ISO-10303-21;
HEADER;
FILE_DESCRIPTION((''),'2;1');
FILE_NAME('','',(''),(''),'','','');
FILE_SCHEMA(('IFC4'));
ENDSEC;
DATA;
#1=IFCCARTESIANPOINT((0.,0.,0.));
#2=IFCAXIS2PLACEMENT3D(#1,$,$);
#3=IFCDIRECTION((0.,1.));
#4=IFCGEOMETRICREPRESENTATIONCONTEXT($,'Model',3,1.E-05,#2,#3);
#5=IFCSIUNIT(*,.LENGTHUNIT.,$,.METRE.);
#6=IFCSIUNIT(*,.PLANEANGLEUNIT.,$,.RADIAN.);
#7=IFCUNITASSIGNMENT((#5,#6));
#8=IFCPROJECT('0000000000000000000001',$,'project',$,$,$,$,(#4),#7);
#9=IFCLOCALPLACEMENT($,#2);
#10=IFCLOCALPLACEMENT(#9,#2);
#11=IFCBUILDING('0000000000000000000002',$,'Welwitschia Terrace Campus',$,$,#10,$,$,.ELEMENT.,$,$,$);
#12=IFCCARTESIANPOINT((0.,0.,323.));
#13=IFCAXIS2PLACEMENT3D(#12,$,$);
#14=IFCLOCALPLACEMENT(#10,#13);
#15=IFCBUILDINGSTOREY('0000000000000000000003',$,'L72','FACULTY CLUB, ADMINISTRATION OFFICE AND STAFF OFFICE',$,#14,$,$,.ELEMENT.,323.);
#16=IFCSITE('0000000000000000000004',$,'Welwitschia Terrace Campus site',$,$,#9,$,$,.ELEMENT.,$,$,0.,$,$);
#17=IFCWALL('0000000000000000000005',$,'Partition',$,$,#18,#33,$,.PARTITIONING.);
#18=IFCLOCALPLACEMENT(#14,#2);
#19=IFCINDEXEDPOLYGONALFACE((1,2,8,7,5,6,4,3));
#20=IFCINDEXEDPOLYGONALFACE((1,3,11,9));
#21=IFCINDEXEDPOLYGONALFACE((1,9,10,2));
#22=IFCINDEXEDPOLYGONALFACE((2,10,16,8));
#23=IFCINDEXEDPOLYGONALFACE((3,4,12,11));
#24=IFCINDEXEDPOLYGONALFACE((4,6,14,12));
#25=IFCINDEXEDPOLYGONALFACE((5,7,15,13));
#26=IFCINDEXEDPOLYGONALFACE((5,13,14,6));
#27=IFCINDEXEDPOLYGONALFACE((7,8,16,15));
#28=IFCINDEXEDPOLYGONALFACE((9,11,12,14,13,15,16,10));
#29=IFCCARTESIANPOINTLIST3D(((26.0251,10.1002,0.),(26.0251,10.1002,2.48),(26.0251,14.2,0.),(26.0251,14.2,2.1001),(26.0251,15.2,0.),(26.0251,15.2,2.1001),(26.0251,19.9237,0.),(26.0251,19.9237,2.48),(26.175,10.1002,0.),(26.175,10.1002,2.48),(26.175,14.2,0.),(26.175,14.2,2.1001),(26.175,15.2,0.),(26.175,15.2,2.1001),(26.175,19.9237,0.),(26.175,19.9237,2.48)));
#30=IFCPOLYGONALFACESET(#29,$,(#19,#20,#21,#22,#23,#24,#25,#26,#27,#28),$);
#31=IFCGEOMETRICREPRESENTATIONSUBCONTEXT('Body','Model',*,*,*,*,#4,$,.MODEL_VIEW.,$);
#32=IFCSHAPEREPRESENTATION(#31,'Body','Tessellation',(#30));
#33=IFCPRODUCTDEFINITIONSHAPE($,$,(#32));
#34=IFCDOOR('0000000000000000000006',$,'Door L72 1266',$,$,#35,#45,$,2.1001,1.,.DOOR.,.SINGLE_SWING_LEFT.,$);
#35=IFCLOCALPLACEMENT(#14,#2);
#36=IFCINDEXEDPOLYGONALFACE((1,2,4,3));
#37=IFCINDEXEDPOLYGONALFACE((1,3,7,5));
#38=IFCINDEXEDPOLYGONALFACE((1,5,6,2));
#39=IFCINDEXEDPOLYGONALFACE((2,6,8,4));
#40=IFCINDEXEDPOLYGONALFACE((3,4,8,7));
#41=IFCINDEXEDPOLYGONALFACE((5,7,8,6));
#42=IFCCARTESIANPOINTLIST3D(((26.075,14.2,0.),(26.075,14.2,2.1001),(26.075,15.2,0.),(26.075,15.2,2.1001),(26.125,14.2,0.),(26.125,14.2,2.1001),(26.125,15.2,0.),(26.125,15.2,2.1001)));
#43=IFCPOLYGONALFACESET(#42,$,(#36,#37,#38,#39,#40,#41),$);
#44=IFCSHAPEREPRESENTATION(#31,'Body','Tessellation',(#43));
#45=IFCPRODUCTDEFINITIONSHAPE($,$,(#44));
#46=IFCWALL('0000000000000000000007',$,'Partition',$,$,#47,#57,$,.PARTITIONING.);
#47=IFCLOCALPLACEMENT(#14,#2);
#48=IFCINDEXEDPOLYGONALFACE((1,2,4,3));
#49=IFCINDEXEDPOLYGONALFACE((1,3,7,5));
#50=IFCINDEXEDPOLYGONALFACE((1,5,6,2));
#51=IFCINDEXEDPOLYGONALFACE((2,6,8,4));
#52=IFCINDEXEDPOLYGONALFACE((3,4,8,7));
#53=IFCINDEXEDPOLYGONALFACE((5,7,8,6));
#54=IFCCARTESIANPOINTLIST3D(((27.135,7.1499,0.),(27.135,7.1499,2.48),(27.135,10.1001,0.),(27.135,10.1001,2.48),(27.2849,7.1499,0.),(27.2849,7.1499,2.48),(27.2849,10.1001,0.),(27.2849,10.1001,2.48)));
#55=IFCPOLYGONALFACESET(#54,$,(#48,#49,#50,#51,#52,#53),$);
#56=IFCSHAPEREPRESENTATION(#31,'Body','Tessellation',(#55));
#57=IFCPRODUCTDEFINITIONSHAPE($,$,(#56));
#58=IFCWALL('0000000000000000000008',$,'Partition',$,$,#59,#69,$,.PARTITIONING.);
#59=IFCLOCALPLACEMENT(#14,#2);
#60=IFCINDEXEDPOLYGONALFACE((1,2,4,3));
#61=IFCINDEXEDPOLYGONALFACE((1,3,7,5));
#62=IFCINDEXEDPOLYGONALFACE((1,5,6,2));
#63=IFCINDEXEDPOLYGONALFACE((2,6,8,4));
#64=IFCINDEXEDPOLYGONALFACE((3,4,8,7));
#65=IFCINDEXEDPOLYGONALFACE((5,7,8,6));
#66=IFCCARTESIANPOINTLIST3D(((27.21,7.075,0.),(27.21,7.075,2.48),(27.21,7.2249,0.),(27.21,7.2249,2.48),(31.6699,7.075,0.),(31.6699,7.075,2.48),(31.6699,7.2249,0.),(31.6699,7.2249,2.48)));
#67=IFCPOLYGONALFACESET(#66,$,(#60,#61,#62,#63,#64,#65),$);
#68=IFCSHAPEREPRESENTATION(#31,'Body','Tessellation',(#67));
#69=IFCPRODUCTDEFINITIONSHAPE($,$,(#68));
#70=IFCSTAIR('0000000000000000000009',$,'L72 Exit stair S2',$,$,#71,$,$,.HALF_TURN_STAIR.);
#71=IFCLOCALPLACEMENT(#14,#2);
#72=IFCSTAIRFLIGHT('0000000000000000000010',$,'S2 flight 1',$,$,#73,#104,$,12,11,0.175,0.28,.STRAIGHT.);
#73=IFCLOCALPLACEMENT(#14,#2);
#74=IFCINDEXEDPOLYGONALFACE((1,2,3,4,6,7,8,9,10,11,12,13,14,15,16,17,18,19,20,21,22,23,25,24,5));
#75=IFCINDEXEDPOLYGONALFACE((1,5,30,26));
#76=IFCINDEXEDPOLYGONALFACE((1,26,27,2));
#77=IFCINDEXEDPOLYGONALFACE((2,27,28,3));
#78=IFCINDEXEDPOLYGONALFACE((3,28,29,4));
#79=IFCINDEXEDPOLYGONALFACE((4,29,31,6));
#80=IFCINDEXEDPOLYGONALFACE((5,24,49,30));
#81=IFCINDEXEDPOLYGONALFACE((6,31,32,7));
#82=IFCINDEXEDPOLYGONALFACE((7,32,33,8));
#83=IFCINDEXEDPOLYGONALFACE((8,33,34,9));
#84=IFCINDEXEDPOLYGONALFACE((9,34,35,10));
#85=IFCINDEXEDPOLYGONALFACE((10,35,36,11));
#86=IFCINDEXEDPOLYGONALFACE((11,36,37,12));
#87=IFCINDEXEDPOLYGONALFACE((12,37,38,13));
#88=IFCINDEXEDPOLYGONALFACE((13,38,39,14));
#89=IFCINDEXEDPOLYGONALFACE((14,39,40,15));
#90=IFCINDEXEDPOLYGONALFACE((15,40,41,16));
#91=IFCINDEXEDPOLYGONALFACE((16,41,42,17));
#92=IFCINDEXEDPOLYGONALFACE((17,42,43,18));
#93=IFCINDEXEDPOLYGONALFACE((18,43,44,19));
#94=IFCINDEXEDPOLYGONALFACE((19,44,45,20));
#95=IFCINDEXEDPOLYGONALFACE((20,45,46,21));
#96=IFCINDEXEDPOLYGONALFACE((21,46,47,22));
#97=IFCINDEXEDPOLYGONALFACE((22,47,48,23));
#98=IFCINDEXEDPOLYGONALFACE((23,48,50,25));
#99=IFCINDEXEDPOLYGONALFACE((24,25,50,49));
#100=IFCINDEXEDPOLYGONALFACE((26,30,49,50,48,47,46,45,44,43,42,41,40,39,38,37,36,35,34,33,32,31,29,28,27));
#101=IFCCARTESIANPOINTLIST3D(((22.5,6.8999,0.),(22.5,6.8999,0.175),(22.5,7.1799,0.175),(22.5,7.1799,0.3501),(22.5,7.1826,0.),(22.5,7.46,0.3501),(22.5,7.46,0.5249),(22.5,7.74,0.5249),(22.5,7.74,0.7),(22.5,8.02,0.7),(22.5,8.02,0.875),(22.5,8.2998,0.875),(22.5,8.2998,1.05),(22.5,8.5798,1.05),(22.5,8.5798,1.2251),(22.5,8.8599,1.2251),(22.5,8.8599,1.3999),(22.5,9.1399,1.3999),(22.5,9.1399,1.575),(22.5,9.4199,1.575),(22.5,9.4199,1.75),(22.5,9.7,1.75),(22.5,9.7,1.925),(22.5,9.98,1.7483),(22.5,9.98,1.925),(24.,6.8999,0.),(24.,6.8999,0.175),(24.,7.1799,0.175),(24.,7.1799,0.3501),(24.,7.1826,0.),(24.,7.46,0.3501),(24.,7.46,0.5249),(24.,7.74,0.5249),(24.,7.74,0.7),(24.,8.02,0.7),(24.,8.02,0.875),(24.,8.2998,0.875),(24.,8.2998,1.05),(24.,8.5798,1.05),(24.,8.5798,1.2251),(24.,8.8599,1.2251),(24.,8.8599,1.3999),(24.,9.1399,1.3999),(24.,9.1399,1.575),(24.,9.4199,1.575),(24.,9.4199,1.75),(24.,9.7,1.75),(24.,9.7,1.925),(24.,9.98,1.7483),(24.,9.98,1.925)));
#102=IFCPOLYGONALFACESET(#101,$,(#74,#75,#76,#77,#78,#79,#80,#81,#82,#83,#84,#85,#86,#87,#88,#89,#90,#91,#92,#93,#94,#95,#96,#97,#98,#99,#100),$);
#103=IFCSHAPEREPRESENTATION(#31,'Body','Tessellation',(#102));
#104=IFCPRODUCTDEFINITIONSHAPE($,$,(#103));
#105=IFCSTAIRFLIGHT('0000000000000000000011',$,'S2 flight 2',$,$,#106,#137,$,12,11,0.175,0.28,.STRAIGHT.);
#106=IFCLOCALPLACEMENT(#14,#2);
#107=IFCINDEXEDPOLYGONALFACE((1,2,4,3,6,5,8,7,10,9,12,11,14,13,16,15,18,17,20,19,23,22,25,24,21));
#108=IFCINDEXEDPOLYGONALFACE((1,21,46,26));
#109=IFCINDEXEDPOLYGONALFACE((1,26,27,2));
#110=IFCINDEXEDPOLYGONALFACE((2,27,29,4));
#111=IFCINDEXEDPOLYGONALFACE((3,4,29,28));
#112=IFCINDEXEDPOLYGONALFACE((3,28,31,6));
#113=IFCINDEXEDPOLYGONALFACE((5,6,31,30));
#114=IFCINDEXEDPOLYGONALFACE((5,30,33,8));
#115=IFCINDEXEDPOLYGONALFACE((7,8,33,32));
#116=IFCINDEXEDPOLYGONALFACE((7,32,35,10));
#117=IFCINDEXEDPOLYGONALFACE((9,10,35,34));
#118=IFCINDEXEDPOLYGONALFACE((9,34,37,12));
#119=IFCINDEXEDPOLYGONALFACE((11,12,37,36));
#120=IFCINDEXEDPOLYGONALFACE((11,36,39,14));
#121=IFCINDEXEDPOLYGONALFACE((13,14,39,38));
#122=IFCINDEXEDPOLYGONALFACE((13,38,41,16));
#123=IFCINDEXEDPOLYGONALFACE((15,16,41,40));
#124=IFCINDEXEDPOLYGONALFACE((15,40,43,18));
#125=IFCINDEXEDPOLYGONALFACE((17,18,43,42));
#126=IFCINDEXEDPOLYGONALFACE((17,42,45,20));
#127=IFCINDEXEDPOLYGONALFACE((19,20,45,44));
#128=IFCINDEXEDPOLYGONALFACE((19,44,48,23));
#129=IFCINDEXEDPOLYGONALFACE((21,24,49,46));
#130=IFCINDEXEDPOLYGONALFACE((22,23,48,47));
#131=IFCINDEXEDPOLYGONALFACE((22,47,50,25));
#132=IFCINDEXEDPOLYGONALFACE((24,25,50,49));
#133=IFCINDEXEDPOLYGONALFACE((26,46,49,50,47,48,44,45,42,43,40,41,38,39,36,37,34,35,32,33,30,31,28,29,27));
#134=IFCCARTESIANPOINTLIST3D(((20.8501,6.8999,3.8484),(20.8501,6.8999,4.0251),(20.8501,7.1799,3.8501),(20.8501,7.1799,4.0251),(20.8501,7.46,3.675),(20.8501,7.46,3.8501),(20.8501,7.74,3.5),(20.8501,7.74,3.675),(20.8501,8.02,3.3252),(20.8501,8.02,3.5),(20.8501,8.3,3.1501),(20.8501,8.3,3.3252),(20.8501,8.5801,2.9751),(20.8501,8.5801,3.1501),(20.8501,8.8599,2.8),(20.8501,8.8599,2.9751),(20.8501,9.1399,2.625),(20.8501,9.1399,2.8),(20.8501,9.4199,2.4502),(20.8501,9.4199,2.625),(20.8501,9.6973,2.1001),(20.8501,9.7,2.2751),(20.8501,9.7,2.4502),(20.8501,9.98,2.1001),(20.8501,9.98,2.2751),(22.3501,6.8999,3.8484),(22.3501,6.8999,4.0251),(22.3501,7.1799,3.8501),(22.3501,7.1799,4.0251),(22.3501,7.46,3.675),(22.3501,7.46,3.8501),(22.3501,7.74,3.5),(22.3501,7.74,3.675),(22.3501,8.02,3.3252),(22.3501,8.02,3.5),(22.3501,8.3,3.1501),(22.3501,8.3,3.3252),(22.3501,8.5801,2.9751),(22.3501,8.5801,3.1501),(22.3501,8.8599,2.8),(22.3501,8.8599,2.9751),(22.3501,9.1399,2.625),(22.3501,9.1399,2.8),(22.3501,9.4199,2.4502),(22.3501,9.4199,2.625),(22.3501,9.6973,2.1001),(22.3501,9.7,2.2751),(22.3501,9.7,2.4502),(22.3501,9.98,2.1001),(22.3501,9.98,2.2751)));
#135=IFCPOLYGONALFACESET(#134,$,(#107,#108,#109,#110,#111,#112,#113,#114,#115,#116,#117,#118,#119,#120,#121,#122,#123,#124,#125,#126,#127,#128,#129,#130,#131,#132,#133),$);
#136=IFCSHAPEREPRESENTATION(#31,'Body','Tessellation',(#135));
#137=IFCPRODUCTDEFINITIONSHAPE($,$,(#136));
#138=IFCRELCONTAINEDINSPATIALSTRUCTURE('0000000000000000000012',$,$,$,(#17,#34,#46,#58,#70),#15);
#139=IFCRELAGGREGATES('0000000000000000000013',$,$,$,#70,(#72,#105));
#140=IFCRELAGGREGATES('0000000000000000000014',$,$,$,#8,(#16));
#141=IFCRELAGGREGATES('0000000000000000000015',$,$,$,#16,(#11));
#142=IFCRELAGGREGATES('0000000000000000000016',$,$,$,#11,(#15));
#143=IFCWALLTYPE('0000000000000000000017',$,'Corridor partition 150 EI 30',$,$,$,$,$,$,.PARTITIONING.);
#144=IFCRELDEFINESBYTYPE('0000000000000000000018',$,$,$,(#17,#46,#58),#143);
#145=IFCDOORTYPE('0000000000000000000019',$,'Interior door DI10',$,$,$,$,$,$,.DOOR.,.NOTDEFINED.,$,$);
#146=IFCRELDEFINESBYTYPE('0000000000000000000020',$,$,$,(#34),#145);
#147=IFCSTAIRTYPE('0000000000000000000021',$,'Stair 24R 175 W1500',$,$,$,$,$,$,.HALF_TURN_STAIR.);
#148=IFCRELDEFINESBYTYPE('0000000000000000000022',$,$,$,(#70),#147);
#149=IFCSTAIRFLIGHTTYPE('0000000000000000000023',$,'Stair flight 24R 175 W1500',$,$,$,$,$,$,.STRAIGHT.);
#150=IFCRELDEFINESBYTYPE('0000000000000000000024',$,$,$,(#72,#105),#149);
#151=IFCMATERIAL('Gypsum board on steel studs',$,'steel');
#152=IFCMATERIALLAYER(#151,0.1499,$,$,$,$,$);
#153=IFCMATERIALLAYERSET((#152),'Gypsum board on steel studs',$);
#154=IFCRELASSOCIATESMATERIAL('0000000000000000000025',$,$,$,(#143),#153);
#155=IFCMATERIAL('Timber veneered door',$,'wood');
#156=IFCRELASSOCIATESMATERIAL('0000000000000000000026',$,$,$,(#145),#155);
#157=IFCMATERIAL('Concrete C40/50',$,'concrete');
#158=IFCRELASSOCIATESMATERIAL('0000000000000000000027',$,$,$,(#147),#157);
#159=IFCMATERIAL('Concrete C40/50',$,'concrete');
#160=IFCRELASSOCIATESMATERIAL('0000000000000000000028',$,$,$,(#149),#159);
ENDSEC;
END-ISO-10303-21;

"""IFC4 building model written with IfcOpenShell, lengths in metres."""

from ifc_helpers import new_model, si_unit, direction, frame, frame_2d, origin, place, context, subcontext, project, spatial, polyline, rectangle, outline, extrude, material, layer, layer_set, type_object, element, fill, aggregate, save


model = new_model("IFC4")

# Units and contexts
model_context = context("Model", 3, precision=1e-05, world=origin(), true_north=direction((0.0, 1.0)))
body_context = subcontext(model_context, "Body", "Model", "MODEL_VIEW")
ifc_project = project(units=[si_unit("LENGTHUNIT", "METRE"), si_unit("PLANEANGLEUNIT", "RADIAN")], contexts=[model_context])

# Site, building, storey
site_placement = place(None, origin())
site = spatial("IfcSite", under=ifc_project, at=site_placement, Name="Welwitschia Terrace Campus site", CompositionType="ELEMENT", RefElevation=0.0)
building_placement = place(site_placement, origin())
building = spatial("IfcBuilding", under=site, at=building_placement, Name="Welwitschia Terrace Campus", CompositionType="ELEMENT")
storey_placement = place(building_placement, frame((0.0, 0.0, 323.0)))
storey = spatial("IfcBuildingStorey", under=building, at=storey_placement, Name="L72", Description="FACULTY CLUB, ADMINISTRATION OFFICE AND STAFF OFFICE", CompositionType="ELEMENT", Elevation=323.0)

# Shared definitions
ifc_material_1 = material(Name="Gypsum board on steel studs", Category="steel")
ifc_layer_1 = layer(ifc_material_1, 0.1499)
ifc_layer_set_1 = layer_set([ifc_layer_1], Name="Gypsum board on steel studs")
wall_type_1 = type_object("IfcWallType", Name="Corridor partition 150 EI 30", PredefinedType="PARTITIONING", material=ifc_layer_set_1)

# Wall, opening, door
wall_1_placement = place(storey_placement, frame((26.1001, 19.9236, 0.0), z_axis=(0.0, 0.0, 1.0), x_axis=(0.0, -1.0, 0.0)))
wall_1 = element("IfcWall", 1, at=wall_1_placement, inside=storey, type_object=wall_type_1, Name="Partition", PredefinedType="PARTITIONING", context=body_context, shape_type="SweptSolid", body=[
    extrude(rectangle(XDim=9.8235, YDim=0.1499, at=frame_2d((4.9116, 0.0))), origin(), (0.0, 0.0, 1.0), 2.48),
])
opening_placement = place(wall_1_placement, frame((4.7236, 0.0, 0.0)))
opening = element("IfcOpeningElement", 2, at=opening_placement, cuts=wall_1, PredefinedType="OPENING", context=body_context, shape_type="SweptSolid", body=[
    extrude(rectangle(XDim=1.0, YDim=2.1001, at=frame_2d((0.5, 1.05))), frame((0.0, 0.085, 0.0), z_axis=(0.0, -1.0, 0.0), x_axis=(1.0, 0.0, 0.0)), (0.0, 0.0, 1.0), 0.1699),
])
ifc_material_2 = material(Name="Timber veneered door", Category="wood")
door_type = type_object("IfcDoorType", Name="Interior door DI10", OperationType="NOTDEFINED", PredefinedType="DOOR", material=ifc_material_2)
door_placement = place(opening_placement, origin())
door = element("IfcDoor", 3, at=door_placement, inside=storey, type_object=door_type, Name="Door L72 1266", OperationType="SINGLE_SWING_LEFT", OverallHeight=2.1001, OverallWidth=1.0, PredefinedType="DOOR", context=body_context, shape_type="SweptSolid", body=[
    extrude(rectangle(XDim=1.0, YDim=2.1001, at=frame_2d((0.5, 1.05))), frame((0.0, 0.0249, 0.0), z_axis=(0.0, -1.0, 0.0), x_axis=(1.0, 0.0, 0.0)), (0.0, 0.0, 1.0), 0.05),
])
fill(opening, door)

# Walls
wall_2_placement = place(storey_placement, frame((27.21, 7.1499, 0.0), z_axis=(0.0, 0.0, 1.0), x_axis=(0.0, 1.0, 0.0)))
element("IfcWall", 4, at=wall_2_placement, inside=storey, type_object=wall_type_1, Name="Partition", PredefinedType="PARTITIONING", context=body_context, shape_type="SweptSolid", body=[
    extrude(rectangle(XDim=2.9502, YDim=0.1499, at=frame_2d((1.4751, 0.0))), origin(), (0.0, 0.0, 1.0), 2.48),
])
wall_3_placement = place(storey_placement, frame((27.21, 7.1499, 0.0), z_axis=(0.0, 0.0, 1.0), x_axis=(1.0, 0.0, 0.0)))
element("IfcWall", 5, at=wall_3_placement, inside=storey, type_object=wall_type_1, Name="Partition", PredefinedType="PARTITIONING", context=body_context, shape_type="SweptSolid", body=[
    extrude(rectangle(XDim=4.46, YDim=0.1499, at=frame_2d((2.23, 0.0))), origin(), (0.0, 0.0, 1.0), 2.48),
])

# Stair, stair flights
ifc_material_3 = material(Name="Concrete C40/50", Category="concrete")
stair_type = type_object("IfcStairType", Name="Stair 24R 175 W1500", PredefinedType="HALF_TURN_STAIR", material=ifc_material_3)
stair_placement = place(storey_placement, origin())
stair = element("IfcStair", 6, at=stair_placement, inside=storey, type_object=stair_type, Name="L72 Exit stair S2", PredefinedType="HALF_TURN_STAIR")
ifc_material_4 = material(Name="Concrete C40/50", Category="concrete")
stair_flight_type = type_object("IfcStairFlightType", Name="Stair flight 24R 175 W1500", PredefinedType="STRAIGHT", material=ifc_material_4)
stair_flight_1_placement = place(storey_placement, frame((23.25, 6.8999, 0.0), z_axis=(0.0, 0.0, 1.0), x_axis=(0.0, 1.0, 0.0)))
stair_flight_1 = element("IfcStairFlight", 7, at=stair_flight_1_placement, type_object=stair_flight_type, Name="S2 flight 1", NumberOfRisers=12, NumberOfTreads=11, PredefinedType="STRAIGHT", RiserHeight=0.175, TreadLength=0.28, context=body_context, shape_type="SweptSolid", body=[
    extrude(outline(polyline([(0.0, 0.0), (0.0, 0.175), (0.28, 0.175), (0.28, 0.3501), (0.5601, 0.3501), (0.5601, 0.5249), (0.8401, 0.5249), (0.8401, 0.7), (1.1201, 0.7), (1.1201, 0.875), (1.3999, 0.875), (1.3999, 1.05), (1.6799, 1.05), (1.6799, 1.2251), (1.96, 1.2251), (1.96, 1.3999), (2.24, 1.3999), (2.24, 1.575), (2.52, 1.575), (2.52, 1.75), (2.8, 1.75), (2.8, 1.925), (3.0801, 1.925), (3.0801, 2.1001), (3.0801, 1.7483), (0.2827, 0.0), (0.0, 0.0)])), frame((0.0, 0.75, 0.0), z_axis=(0.0, -1.0, 0.0), x_axis=(1.0, 0.0, 0.0)), (0.0, 0.0, 1.0), 1.5),
])
stair_flight_2_placement = place(storey_placement, frame((21.6001, 9.98, 2.1001), z_axis=(0.0, 0.0, 1.0), x_axis=(0.0, -1.0, 0.0)))
stair_flight_2 = element("IfcStairFlight", 8, at=stair_flight_2_placement, type_object=stair_flight_type, Name="S2 flight 2", NumberOfRisers=12, NumberOfTreads=11, PredefinedType="STRAIGHT", RiserHeight=0.175, TreadLength=0.28, context=body_context, shape_type="SweptSolid", body=[
    extrude(outline(polyline([(0.0, 0.0), (0.0, 0.175), (0.28, 0.175), (0.28, 0.3501), (0.5601, 0.3501), (0.5601, 0.5249), (0.8401, 0.5249), (0.8401, 0.7), (1.1201, 0.7), (1.1201, 0.875), (1.3999, 0.875), (1.3999, 1.05), (1.6799, 1.05), (1.6799, 1.2251), (1.96, 1.2251), (1.96, 1.3999), (2.24, 1.3999), (2.24, 1.575), (2.52, 1.575), (2.52, 1.75), (2.8, 1.75), (2.8, 1.925), (3.0801, 1.925), (3.0801, 2.1001), (3.0801, 1.7483), (0.2827, 0.0), (0.0, 0.0)])), frame((0.0, 0.75, 0.0), z_axis=(0.0, -1.0, 0.0), x_axis=(1.0, 0.0, 0.0)), (0.0, 0.0, 1.0), 1.5),
])
aggregate(stair, [stair_flight_1, stair_flight_2])

save(model, "model.ifc")
